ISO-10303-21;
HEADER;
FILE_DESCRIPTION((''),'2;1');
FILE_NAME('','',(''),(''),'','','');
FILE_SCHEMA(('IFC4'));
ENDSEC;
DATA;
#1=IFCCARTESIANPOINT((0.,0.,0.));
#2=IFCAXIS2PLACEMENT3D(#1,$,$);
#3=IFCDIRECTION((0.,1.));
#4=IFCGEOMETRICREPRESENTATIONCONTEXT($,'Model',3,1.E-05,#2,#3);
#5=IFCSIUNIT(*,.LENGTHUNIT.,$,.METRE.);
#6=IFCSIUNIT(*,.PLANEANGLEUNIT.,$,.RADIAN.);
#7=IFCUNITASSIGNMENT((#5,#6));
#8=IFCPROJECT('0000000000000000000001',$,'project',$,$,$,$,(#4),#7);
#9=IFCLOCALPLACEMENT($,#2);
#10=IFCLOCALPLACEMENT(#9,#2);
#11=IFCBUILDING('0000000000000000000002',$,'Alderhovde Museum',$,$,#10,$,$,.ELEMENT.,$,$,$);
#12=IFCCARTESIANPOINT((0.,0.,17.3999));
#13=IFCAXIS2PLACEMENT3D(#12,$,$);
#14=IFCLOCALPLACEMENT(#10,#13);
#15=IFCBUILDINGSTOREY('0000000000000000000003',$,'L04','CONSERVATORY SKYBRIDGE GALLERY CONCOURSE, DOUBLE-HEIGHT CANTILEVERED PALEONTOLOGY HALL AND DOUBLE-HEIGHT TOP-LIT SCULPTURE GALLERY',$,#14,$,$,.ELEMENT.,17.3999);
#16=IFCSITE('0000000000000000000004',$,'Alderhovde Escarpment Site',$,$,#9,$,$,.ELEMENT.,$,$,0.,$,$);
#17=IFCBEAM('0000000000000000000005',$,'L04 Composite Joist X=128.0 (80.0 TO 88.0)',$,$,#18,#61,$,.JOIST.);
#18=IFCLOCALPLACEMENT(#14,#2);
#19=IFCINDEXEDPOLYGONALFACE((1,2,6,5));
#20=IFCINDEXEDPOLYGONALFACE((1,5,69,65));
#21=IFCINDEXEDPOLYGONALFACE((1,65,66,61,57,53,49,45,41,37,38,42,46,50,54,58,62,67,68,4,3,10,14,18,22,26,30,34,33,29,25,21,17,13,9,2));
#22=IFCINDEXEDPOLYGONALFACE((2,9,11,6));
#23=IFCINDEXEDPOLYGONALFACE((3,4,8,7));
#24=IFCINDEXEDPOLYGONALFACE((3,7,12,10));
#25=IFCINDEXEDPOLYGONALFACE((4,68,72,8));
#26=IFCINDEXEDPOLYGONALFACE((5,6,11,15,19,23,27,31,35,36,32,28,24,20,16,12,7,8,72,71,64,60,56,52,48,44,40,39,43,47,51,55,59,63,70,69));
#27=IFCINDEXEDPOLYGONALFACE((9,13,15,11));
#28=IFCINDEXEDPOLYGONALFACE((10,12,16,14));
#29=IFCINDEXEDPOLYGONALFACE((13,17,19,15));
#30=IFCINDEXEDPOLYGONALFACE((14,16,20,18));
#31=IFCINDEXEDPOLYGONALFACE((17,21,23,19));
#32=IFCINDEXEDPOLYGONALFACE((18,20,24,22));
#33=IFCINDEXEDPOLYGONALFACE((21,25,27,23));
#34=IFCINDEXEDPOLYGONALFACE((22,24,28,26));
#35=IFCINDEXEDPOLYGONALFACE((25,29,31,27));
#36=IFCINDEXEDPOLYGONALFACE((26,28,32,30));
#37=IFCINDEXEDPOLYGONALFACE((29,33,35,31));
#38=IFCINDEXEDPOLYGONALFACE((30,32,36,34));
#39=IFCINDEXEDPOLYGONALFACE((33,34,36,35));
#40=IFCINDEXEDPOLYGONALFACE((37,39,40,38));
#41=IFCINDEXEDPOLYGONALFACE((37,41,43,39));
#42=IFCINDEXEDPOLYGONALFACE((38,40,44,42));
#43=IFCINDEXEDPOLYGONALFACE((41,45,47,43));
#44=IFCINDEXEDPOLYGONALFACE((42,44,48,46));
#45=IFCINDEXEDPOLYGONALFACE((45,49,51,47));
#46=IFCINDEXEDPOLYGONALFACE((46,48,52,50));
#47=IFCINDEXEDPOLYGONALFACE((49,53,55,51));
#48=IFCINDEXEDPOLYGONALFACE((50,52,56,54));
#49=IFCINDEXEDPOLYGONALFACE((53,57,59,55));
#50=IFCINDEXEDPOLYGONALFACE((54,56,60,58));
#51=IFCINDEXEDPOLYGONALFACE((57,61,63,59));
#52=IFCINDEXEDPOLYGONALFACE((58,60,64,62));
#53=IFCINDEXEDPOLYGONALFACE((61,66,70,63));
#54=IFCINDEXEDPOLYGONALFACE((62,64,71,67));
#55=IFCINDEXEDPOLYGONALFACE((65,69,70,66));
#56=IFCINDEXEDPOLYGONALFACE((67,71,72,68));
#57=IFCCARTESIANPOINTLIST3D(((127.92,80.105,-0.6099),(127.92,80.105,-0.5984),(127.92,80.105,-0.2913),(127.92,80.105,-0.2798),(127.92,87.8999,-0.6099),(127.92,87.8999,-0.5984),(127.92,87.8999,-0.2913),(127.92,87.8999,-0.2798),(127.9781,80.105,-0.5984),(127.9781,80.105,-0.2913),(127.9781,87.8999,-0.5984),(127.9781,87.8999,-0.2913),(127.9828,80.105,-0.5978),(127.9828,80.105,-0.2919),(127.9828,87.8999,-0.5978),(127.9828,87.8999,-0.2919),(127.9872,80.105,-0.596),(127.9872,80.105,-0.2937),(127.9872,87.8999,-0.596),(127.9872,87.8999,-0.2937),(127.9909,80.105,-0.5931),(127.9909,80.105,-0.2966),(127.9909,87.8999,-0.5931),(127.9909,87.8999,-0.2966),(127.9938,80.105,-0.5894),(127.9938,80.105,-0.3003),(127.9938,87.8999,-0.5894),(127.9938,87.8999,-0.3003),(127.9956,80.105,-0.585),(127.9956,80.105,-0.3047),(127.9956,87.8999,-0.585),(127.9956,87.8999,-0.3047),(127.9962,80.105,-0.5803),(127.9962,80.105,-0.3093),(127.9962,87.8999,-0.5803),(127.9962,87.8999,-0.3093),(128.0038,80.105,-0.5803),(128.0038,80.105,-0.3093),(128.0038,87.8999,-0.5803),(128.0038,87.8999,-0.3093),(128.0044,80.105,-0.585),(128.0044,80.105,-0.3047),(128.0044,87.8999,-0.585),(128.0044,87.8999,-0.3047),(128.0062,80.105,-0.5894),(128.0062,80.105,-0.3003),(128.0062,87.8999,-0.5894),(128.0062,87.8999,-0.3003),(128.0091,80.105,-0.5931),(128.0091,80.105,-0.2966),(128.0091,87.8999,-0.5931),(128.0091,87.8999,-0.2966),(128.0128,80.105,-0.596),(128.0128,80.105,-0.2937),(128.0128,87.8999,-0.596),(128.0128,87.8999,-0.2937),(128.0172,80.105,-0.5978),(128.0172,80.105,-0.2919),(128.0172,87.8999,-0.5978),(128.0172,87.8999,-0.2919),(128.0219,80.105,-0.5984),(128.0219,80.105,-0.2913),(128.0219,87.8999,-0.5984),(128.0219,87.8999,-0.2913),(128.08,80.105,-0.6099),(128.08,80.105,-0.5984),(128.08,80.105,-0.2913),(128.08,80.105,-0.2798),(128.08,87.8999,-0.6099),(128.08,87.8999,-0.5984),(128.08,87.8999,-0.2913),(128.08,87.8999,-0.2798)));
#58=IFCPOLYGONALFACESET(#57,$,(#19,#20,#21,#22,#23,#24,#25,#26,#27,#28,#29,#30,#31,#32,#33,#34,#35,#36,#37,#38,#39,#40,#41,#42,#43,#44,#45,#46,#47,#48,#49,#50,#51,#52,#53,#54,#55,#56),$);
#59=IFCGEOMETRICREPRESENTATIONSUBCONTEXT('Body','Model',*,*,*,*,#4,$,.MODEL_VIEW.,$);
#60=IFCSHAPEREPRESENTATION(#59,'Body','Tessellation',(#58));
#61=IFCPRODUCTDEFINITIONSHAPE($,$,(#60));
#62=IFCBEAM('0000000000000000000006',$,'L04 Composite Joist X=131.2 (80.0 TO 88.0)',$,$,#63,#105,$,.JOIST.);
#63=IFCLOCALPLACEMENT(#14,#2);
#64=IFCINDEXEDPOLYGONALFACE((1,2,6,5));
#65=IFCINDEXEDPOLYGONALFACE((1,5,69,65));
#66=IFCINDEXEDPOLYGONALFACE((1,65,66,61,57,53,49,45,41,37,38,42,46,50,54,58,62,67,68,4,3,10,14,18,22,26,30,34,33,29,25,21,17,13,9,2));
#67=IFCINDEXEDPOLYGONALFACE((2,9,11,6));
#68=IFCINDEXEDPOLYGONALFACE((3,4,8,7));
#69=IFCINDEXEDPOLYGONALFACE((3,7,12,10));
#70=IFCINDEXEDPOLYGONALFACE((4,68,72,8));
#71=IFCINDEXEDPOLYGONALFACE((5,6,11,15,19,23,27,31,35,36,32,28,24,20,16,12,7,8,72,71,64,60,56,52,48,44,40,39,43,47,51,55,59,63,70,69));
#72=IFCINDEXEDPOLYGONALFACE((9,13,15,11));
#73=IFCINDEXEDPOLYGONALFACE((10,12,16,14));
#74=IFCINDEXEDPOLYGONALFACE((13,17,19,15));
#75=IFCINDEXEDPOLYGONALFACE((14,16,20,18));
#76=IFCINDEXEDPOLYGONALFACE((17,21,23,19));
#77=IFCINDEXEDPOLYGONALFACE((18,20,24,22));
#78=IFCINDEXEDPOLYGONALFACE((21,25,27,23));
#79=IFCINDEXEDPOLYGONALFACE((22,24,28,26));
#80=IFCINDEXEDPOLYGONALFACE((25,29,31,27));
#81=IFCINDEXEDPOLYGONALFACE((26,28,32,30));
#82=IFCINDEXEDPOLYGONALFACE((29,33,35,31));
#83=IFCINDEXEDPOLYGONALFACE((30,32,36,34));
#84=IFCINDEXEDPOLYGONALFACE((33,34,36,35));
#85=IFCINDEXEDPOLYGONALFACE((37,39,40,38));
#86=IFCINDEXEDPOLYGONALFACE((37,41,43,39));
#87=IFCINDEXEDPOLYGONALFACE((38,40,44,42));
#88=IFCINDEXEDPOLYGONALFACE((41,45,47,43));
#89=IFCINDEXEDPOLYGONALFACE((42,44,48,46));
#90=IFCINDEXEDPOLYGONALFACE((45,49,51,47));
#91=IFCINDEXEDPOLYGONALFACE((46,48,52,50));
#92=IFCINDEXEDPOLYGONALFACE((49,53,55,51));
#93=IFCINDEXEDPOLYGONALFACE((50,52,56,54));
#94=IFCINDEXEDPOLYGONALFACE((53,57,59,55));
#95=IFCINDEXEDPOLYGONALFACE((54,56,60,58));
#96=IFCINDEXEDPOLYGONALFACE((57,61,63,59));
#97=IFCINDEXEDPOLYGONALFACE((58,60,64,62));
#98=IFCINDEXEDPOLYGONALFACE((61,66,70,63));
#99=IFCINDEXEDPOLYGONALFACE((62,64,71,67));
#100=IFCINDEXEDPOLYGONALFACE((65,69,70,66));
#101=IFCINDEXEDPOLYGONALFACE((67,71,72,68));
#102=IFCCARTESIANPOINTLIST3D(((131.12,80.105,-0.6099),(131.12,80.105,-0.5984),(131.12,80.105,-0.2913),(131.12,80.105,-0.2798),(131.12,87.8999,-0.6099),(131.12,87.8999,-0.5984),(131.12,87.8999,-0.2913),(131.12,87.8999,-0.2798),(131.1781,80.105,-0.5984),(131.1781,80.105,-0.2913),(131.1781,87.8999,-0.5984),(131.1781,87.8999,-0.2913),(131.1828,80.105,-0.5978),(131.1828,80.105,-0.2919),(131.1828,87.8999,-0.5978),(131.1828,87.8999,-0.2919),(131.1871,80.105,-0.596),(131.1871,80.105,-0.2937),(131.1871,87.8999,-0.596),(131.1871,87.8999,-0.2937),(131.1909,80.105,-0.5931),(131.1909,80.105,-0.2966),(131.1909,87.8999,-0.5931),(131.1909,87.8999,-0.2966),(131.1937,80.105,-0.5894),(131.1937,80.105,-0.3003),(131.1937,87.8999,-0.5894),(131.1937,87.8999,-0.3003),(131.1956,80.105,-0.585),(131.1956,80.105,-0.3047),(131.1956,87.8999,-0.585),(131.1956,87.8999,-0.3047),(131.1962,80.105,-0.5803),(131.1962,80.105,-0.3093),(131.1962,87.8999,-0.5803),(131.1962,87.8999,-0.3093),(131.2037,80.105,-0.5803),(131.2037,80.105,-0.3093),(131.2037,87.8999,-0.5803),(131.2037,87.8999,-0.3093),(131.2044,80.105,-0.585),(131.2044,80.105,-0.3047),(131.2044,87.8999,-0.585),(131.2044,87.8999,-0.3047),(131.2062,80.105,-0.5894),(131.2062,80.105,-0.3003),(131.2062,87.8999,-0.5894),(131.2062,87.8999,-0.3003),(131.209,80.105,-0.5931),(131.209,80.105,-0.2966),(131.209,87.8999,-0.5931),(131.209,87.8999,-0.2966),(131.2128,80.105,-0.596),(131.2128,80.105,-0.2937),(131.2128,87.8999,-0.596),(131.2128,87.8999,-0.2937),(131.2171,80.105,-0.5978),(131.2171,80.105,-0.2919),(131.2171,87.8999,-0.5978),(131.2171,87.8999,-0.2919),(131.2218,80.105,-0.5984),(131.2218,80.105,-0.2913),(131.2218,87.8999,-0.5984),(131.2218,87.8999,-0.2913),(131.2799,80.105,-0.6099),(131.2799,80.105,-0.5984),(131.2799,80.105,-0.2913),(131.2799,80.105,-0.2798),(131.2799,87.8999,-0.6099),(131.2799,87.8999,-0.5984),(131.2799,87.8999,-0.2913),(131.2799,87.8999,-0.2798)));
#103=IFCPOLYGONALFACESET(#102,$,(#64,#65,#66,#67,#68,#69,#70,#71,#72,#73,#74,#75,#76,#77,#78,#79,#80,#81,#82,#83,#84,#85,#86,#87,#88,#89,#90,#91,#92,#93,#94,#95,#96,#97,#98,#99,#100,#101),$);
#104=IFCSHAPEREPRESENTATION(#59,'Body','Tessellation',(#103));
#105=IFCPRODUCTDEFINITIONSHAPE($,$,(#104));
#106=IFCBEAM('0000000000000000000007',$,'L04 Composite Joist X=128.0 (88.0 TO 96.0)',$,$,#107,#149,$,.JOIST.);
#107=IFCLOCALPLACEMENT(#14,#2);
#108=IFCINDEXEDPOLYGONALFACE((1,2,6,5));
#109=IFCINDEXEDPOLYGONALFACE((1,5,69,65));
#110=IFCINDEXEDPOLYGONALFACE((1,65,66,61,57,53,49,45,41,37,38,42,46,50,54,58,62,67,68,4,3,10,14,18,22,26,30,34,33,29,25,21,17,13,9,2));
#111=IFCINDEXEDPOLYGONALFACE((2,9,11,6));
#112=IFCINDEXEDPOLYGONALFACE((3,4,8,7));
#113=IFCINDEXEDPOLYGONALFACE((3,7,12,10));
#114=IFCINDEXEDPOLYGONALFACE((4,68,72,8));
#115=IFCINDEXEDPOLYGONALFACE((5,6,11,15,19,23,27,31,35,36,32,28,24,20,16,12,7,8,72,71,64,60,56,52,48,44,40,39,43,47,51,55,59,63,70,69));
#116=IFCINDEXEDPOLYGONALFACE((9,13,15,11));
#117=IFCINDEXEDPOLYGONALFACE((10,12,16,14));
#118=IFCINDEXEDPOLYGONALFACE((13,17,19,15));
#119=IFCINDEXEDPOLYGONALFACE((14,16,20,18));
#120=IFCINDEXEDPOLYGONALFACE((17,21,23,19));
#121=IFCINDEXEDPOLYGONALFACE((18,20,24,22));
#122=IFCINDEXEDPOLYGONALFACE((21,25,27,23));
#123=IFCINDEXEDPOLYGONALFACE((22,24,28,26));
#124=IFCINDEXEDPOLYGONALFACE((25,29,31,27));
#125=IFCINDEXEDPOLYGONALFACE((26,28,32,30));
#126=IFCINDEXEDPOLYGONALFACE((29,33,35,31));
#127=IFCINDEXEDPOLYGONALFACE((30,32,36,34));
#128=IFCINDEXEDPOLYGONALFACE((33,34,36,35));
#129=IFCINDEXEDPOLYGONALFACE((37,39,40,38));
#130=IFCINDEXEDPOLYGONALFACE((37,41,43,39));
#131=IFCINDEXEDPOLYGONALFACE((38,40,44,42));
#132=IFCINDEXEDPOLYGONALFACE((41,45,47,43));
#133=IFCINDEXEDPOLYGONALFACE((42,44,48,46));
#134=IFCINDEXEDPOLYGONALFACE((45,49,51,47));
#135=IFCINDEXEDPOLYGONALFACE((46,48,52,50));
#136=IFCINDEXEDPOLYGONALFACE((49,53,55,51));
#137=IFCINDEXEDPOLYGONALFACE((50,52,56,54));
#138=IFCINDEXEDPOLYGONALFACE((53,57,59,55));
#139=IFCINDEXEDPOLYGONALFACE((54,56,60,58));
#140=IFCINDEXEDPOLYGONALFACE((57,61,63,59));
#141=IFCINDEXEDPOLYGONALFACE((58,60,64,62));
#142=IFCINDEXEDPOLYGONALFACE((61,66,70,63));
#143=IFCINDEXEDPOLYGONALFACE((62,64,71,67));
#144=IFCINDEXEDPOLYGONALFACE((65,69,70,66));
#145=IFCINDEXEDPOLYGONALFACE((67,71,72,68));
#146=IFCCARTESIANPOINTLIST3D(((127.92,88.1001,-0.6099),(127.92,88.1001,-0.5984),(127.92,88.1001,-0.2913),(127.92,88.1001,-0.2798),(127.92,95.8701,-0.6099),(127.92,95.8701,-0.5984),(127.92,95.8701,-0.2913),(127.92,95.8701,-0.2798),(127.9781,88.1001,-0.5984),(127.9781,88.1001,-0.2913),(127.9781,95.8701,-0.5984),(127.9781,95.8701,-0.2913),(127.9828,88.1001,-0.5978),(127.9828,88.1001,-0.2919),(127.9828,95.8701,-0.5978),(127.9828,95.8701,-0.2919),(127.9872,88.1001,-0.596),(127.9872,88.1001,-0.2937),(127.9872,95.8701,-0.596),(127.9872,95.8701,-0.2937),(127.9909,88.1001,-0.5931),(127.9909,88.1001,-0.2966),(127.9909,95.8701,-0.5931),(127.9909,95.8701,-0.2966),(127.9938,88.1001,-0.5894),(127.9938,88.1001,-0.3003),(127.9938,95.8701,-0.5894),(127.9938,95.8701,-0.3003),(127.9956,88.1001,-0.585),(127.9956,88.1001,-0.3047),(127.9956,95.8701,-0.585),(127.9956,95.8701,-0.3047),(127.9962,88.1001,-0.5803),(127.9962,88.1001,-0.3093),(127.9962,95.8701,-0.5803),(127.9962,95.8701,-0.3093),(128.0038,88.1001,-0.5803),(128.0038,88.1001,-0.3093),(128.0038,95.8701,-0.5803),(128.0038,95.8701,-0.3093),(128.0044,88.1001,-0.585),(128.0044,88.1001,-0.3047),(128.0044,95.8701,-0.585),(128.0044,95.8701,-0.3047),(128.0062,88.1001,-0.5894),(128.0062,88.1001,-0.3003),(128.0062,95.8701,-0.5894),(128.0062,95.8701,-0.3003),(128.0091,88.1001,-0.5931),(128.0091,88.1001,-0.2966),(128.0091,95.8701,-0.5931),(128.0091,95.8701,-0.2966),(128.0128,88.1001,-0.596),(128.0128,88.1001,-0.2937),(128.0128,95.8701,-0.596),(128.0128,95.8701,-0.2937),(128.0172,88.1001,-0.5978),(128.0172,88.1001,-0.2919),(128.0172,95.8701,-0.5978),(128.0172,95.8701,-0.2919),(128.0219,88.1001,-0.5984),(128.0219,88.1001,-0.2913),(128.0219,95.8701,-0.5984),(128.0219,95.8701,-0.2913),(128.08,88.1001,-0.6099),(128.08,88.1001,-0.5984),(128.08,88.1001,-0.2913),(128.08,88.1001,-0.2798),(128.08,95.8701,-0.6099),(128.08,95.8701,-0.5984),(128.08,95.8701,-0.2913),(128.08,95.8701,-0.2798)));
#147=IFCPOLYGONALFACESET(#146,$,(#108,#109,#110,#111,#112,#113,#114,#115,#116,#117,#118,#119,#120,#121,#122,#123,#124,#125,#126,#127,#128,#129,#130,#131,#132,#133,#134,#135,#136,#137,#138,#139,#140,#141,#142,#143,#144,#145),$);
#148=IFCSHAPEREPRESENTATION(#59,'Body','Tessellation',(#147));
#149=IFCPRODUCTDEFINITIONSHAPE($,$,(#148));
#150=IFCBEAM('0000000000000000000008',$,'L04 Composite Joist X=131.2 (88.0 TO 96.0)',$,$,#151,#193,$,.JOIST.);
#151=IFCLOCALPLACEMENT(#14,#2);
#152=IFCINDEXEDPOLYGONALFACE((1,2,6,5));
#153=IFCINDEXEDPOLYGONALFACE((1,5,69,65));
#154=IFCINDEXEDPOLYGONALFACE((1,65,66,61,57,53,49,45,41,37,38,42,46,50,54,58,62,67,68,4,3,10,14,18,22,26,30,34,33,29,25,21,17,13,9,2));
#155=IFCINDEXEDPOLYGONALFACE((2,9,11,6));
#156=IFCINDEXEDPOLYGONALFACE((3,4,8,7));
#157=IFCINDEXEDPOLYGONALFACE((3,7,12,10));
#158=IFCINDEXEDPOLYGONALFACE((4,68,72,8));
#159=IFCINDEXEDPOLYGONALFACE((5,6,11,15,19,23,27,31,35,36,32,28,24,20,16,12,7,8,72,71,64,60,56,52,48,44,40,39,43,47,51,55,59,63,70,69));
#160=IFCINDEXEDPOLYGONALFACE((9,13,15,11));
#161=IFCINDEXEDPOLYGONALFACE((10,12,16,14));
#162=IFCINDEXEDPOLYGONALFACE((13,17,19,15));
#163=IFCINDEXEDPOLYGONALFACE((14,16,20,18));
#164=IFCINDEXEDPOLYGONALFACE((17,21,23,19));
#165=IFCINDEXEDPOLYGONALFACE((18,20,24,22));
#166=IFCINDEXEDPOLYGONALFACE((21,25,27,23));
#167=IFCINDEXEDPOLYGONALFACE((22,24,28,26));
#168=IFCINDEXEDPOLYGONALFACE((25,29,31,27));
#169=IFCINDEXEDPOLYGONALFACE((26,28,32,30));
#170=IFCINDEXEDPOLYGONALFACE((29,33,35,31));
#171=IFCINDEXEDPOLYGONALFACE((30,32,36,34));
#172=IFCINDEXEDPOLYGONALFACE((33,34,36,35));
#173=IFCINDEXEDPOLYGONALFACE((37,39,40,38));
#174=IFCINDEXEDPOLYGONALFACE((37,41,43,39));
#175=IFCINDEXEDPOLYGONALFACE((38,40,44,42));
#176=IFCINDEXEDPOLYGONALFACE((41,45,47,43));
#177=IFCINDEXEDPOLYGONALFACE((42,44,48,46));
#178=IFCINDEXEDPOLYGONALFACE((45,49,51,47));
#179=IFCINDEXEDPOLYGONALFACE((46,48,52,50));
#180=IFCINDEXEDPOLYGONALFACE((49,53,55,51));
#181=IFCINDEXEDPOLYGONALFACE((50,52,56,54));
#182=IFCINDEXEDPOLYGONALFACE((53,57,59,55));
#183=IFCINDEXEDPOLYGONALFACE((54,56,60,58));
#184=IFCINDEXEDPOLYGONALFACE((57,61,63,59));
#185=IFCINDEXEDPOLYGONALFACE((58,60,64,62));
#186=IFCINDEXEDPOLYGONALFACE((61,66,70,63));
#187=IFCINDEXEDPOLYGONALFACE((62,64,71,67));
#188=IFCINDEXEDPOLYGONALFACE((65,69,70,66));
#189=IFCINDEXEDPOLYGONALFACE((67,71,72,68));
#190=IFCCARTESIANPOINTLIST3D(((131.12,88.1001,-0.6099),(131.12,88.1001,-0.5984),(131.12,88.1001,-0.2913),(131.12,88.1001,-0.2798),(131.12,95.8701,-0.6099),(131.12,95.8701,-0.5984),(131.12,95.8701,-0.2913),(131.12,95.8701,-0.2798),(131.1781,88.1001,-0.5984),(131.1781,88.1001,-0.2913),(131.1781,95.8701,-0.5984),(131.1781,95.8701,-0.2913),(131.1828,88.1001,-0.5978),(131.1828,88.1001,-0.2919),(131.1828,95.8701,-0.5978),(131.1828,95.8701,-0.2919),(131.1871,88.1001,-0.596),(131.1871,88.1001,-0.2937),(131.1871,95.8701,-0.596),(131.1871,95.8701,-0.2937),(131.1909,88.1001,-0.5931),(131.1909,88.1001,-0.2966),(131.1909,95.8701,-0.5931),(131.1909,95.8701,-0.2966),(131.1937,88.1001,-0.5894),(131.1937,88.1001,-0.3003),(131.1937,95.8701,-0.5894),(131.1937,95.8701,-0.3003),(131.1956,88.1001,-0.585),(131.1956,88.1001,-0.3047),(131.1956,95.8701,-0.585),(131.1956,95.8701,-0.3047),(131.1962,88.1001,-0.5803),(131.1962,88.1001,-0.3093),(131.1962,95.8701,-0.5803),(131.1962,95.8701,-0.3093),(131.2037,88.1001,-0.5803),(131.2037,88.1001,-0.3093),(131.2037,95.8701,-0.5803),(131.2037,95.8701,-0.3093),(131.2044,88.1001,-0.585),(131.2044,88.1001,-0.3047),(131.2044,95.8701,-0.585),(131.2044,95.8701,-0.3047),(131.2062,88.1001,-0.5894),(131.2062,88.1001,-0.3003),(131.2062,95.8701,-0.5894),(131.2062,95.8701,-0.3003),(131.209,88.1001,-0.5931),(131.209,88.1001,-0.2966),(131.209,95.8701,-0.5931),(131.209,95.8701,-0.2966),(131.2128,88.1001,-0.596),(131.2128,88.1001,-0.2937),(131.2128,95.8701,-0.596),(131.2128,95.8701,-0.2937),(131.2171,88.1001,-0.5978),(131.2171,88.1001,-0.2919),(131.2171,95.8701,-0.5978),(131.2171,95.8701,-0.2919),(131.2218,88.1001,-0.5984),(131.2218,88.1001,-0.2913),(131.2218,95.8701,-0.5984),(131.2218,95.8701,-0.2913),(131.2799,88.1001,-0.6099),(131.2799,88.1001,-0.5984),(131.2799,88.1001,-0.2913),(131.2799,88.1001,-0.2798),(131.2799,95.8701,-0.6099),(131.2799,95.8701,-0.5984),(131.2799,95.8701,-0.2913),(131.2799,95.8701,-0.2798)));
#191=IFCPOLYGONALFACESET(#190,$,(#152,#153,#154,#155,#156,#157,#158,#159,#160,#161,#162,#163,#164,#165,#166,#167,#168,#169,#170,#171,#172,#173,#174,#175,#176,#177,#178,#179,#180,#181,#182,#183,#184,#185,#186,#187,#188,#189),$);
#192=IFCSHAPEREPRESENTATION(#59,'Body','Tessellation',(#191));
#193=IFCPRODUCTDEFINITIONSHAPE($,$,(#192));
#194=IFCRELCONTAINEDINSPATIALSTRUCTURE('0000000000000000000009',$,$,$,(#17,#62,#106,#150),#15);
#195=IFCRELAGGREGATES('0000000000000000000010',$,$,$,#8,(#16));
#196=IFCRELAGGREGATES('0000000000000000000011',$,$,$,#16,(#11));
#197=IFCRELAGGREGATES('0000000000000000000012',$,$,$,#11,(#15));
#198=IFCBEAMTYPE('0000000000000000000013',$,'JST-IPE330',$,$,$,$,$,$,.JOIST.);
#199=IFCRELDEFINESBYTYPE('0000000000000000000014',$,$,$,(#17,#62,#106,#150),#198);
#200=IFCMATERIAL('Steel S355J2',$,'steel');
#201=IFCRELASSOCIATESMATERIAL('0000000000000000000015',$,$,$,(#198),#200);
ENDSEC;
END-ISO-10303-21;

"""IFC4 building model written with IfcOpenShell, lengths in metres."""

from ifc_helpers import new_model, si_unit, direction, frame, origin, origin_2d, place, context, subcontext, project, spatial, i_section, extrude, material, material_profile, profile_set, type_object, element, save


model = new_model("IFC4")

# Units and contexts
model_context = context("Model", 3, precision=1e-05, world=origin(), true_north=direction((0.0, 1.0)))
body_context = subcontext(model_context, "Body", "Model", "MODEL_VIEW")
ifc_project = project(units=[si_unit("LENGTHUNIT", "METRE"), si_unit("PLANEANGLEUNIT", "RADIAN")], contexts=[model_context])

# Site, building, storey
site_placement = place(None, origin())
site = spatial("IfcSite", under=ifc_project, at=site_placement, Name="Alderhovde Escarpment Site", CompositionType="ELEMENT", RefElevation=0.0)
building_placement = place(site_placement, origin())
building = spatial("IfcBuilding", under=site, at=building_placement, Name="Alderhovde Museum", CompositionType="ELEMENT")
storey_placement = place(building_placement, frame((0.0, 0.0, 17.3999)))
storey = spatial("IfcBuildingStorey", under=building, at=storey_placement, Name="L04", Description="CONSERVATORY SKYBRIDGE GALLERY CONCOURSE, DOUBLE-HEIGHT CANTILEVERED PALEONTOLOGY HALL AND DOUBLE-HEIGHT TOP-LIT SCULPTURE GALLERY", CompositionType="ELEMENT", Elevation=17.3999)

# Beams
ifc_material_1 = material(Name="Steel S355J2", Category="steel")
ifc_material_profile_1 = material_profile(ifc_material_1, i_section(OverallWidth=0.1599, OverallDepth=0.3301, WebThickness=0.0076, FlangeThickness=0.0115, FilletRadius=0.0181, at=origin_2d()), Name="IPE 330")
ifc_profile_set_1 = profile_set([ifc_material_profile_1], Name="Steel S355J2")
beam_type_1 = type_object("IfcBeamType", Name="JST-IPE330", PredefinedType="JOIST", material=ifc_profile_set_1)
for number, where, z_axis, x_axis, name in (
    (1, (128.0, 80.105, -0.4448), (0.0, 1.0, 0.0), (-1.0, 0.0, 0.0), "L04 Composite Joist X=128.0 (80.0 TO 88.0)"),
    (2, (131.2, 80.105, -0.4448), (0.0, 1.0, 0.0), (-1.0, 0.0, 0.0), "L04 Composite Joist X=131.2 (80.0 TO 88.0)"),
):
    element("IfcBeam", number, at=place(storey_placement, frame(where, z_axis=z_axis, x_axis=x_axis)), inside=storey, type_object=beam_type_1, Name=name, PredefinedType="JOIST", context=body_context, shape_type="SweptSolid", body=[
        extrude(i_section(OverallWidth=0.1599, OverallDepth=0.3301, WebThickness=0.0076, FlangeThickness=0.0115, FilletRadius=0.0181, at=origin_2d()), origin(), (0.0, 0.0, 1.0), 7.7949),
    ])
for number, where, z_axis, x_axis, name in (
    (3, (128.0, 88.1001, -0.4448), (0.0, 1.0, 0.0), (-1.0, 0.0, 0.0), "L04 Composite Joist X=128.0 (88.0 TO 96.0)"),
    (4, (131.2, 88.1001, -0.4448), (0.0, 1.0, 0.0), (-1.0, 0.0, 0.0), "L04 Composite Joist X=131.2 (88.0 TO 96.0)"),
):
    element("IfcBeam", number, at=place(storey_placement, frame(where, z_axis=z_axis, x_axis=x_axis)), inside=storey, type_object=beam_type_1, Name=name, PredefinedType="JOIST", context=body_context, shape_type="SweptSolid", body=[
        extrude(i_section(OverallWidth=0.1599, OverallDepth=0.3301, WebThickness=0.0076, FlangeThickness=0.0115, FilletRadius=0.0181, at=origin_2d()), origin(), (0.0, 0.0, 1.0), 7.77),
    ])

save(model, "model.ifc")
